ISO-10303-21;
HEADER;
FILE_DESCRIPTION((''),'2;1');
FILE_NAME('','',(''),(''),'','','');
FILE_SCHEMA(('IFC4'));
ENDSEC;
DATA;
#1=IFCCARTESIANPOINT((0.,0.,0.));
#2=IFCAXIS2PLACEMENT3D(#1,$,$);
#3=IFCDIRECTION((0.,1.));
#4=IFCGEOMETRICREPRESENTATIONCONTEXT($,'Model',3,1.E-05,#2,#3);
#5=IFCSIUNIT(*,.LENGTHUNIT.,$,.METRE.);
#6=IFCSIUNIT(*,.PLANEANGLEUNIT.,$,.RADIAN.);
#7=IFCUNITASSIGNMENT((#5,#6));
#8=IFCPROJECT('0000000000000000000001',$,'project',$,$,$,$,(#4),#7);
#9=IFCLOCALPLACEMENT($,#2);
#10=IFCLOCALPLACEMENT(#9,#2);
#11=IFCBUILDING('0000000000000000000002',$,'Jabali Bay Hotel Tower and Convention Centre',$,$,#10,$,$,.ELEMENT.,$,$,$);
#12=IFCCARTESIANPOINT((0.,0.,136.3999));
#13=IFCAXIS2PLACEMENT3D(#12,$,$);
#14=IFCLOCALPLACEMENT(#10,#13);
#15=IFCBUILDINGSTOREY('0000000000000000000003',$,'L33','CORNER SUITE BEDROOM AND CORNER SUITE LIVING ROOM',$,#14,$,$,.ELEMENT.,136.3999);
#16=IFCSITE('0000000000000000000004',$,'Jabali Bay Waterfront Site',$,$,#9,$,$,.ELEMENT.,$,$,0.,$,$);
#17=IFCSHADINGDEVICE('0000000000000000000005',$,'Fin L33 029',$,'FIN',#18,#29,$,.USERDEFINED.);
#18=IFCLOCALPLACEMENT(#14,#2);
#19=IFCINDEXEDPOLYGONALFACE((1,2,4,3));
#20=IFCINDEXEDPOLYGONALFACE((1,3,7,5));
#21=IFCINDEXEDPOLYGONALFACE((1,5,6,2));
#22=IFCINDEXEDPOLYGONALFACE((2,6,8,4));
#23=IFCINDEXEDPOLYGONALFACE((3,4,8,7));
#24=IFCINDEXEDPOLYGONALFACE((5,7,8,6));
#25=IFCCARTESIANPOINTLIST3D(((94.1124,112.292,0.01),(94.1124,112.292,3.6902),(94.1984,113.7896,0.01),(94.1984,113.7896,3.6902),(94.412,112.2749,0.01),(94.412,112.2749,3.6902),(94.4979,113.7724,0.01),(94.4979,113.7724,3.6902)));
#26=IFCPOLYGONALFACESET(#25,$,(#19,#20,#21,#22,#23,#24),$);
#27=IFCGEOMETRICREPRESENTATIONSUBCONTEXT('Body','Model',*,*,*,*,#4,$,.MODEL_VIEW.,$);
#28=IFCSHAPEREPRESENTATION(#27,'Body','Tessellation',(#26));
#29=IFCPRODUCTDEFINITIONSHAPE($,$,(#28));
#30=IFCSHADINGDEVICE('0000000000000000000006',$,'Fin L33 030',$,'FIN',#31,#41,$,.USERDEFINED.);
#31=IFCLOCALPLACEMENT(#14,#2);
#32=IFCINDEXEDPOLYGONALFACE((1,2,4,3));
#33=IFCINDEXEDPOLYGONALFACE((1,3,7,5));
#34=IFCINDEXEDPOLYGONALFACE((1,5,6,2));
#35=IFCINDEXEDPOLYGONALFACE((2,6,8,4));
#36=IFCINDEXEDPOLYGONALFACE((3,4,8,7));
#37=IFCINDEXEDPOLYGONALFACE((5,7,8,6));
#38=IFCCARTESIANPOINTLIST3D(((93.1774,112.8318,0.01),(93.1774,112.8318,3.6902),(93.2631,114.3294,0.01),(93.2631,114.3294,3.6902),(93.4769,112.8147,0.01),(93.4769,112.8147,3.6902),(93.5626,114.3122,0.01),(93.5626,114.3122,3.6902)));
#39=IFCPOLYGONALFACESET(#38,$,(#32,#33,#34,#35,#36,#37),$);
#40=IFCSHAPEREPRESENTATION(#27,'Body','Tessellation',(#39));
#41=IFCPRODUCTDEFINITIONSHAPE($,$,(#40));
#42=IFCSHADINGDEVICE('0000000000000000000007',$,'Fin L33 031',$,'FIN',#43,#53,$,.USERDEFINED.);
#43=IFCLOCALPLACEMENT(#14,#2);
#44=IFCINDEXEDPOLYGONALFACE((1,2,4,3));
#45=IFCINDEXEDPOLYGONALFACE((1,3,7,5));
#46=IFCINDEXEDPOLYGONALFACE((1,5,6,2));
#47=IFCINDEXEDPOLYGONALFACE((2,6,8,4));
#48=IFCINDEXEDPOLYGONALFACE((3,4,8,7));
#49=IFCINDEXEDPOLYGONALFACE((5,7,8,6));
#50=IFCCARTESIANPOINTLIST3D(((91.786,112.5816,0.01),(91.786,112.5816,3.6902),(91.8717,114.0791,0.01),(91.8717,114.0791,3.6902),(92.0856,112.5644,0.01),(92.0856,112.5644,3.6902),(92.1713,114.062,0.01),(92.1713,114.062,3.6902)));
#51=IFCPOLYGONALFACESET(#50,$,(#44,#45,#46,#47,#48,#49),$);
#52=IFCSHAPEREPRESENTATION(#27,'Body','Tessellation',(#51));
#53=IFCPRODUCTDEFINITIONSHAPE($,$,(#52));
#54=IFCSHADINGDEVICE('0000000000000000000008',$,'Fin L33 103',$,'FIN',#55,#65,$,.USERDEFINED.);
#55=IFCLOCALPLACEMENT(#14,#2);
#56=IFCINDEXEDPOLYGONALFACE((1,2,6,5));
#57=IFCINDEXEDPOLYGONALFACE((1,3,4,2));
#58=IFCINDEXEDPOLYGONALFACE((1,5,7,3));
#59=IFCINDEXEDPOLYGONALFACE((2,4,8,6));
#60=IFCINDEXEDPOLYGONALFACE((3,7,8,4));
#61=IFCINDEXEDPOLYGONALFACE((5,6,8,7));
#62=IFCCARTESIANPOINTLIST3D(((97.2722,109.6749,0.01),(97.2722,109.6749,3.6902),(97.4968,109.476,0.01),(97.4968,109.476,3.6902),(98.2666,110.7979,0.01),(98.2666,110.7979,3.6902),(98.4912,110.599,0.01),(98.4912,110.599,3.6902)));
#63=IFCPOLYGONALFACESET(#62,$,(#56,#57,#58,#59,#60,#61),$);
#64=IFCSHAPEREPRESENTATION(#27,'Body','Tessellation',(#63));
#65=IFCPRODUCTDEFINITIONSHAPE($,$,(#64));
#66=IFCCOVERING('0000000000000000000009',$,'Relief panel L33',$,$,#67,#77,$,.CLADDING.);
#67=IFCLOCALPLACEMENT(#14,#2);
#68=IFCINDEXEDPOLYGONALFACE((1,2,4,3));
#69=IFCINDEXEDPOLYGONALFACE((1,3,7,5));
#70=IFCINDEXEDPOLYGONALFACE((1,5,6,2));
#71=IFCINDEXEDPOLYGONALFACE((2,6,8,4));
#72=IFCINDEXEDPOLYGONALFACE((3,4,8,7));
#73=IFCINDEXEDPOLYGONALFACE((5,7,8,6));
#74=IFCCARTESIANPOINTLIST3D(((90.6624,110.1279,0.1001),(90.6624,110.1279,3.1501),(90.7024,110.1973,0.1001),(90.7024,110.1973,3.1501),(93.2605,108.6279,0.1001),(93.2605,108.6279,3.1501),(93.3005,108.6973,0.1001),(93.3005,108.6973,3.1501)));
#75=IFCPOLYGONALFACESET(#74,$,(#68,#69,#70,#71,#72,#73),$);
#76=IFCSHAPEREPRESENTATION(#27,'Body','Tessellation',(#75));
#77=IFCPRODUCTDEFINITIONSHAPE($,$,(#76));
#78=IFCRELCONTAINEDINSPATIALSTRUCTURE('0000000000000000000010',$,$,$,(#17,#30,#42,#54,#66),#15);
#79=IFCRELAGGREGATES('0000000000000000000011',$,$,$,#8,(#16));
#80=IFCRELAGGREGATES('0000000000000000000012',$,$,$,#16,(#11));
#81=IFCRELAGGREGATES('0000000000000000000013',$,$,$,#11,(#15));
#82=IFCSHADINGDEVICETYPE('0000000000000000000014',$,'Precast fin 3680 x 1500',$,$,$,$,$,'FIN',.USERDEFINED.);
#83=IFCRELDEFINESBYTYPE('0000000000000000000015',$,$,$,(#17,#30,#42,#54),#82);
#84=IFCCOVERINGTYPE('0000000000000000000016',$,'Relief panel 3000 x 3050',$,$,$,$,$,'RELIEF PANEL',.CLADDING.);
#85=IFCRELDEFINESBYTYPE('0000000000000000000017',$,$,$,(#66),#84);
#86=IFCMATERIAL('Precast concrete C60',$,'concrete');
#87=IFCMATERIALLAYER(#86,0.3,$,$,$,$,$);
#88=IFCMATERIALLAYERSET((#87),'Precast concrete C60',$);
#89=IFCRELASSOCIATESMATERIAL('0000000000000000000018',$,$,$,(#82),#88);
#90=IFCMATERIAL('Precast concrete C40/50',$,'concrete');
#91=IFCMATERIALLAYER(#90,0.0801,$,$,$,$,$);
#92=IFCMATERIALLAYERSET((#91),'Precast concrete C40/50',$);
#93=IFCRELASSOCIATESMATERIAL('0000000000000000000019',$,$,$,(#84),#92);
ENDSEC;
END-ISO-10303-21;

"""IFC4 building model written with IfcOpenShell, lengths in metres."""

from ifc_helpers import new_model, si_unit, direction, frame, frame_2d, origin, origin_2d, place, context, subcontext, project, spatial, rectangle, extrude, material, layer, layer_set, type_object, element, save


model = new_model("IFC4")

# Units and contexts
model_context = context("Model", 3, precision=1e-05, world=origin(), true_north=direction((0.0, 1.0)))
body_context = subcontext(model_context, "Body", "Model", "MODEL_VIEW")
ifc_project = project(units=[si_unit("LENGTHUNIT", "METRE"), si_unit("PLANEANGLEUNIT", "RADIAN")], contexts=[model_context])

# Site, building, storey
site_placement = place(None, origin())
site = spatial("IfcSite", under=ifc_project, at=site_placement, Name="Jabali Bay Waterfront Site", CompositionType="ELEMENT", RefElevation=0.0)
building_placement = place(site_placement, origin())
building = spatial("IfcBuilding", under=site, at=building_placement, Name="Jabali Bay Hotel Tower and Convention Centre", CompositionType="ELEMENT")
storey_placement = place(building_placement, frame((0.0, 0.0, 136.3999)))
storey = spatial("IfcBuildingStorey", under=building, at=storey_placement, Name="L33", Description="CORNER SUITE BEDROOM AND CORNER SUITE LIVING ROOM", CompositionType="ELEMENT", Elevation=136.3999)

# Shading devices
ifc_material_1 = material(Name="Precast concrete C60", Category="concrete")
ifc_layer_1 = layer(ifc_material_1, 0.3)
ifc_layer_set_1 = layer_set([ifc_layer_1], Name="Precast concrete C60")
shading_device_type = type_object("IfcShadingDeviceType", Name="Precast fin 3680 x 1500", ElementType="FIN", PredefinedType="USERDEFINED", material=ifc_layer_set_1)
for number, where, z_axis, x_axis, name in (
    (1, (94.2622, 112.2834, 0.01), (0.0, 0.0, 1.0), (0.057291, 0.998358, 0.0), "Fin L33 029"),
    (2, (93.3271, 112.8232, 0.01), (0.0, 0.0, 1.0), (0.057129, 0.998367, 0.0), "Fin L33 030"),
    (3, (91.9358, 112.573, 0.01), (0.0, 0.0, 1.0), (0.057129, 0.998367, 0.0), "Fin L33 031"),
    (4, (97.3845, 109.5754, 0.01), (0.0, 0.0, 1.0), (0.662918, 0.748692, 0.0), "Fin L33 103"),
):
    element("IfcShadingDevice", number, at=place(storey_placement, frame(where, z_axis=z_axis, x_axis=x_axis)), inside=storey, type_object=shading_device_type, Name=name, ObjectType="FIN", PredefinedType="USERDEFINED", context=body_context, shape_type="SweptSolid", body=[
        extrude(rectangle(XDim=1.5, YDim=0.3, at=frame_2d((0.75, 0.0))), origin(), (0.0, 0.0, 1.0), 3.6802),
    ])

# Covering
ifc_material_2 = material(Name="Precast concrete C40/50", Category="concrete")
ifc_layer_2 = layer(ifc_material_2, 0.0801)
ifc_layer_set_2 = layer_set([ifc_layer_2], Name="Precast concrete C40/50")
covering_type = type_object("IfcCoveringType", Name="Relief panel 3000 x 3050", ElementType="RELIEF PANEL", PredefinedType="CLADDING", material=ifc_layer_set_2)
covering_placement = place(storey_placement, frame((91.9814, 109.4126, 0.1001), z_axis=(0.0, 0.0, 1.0), x_axis=(0.866025, -0.5, 0.0)))
element("IfcCovering", 5, at=covering_placement, inside=storey, type_object=covering_type, Name="Relief panel L33", PredefinedType="CLADDING", context=body_context, shape_type="SweptSolid", body=[
    extrude(rectangle(XDim=3.0, YDim=0.0801, at=origin_2d()), origin(), (0.0, 0.0, 1.0), 3.05),
])

save(model, "model.ifc")
